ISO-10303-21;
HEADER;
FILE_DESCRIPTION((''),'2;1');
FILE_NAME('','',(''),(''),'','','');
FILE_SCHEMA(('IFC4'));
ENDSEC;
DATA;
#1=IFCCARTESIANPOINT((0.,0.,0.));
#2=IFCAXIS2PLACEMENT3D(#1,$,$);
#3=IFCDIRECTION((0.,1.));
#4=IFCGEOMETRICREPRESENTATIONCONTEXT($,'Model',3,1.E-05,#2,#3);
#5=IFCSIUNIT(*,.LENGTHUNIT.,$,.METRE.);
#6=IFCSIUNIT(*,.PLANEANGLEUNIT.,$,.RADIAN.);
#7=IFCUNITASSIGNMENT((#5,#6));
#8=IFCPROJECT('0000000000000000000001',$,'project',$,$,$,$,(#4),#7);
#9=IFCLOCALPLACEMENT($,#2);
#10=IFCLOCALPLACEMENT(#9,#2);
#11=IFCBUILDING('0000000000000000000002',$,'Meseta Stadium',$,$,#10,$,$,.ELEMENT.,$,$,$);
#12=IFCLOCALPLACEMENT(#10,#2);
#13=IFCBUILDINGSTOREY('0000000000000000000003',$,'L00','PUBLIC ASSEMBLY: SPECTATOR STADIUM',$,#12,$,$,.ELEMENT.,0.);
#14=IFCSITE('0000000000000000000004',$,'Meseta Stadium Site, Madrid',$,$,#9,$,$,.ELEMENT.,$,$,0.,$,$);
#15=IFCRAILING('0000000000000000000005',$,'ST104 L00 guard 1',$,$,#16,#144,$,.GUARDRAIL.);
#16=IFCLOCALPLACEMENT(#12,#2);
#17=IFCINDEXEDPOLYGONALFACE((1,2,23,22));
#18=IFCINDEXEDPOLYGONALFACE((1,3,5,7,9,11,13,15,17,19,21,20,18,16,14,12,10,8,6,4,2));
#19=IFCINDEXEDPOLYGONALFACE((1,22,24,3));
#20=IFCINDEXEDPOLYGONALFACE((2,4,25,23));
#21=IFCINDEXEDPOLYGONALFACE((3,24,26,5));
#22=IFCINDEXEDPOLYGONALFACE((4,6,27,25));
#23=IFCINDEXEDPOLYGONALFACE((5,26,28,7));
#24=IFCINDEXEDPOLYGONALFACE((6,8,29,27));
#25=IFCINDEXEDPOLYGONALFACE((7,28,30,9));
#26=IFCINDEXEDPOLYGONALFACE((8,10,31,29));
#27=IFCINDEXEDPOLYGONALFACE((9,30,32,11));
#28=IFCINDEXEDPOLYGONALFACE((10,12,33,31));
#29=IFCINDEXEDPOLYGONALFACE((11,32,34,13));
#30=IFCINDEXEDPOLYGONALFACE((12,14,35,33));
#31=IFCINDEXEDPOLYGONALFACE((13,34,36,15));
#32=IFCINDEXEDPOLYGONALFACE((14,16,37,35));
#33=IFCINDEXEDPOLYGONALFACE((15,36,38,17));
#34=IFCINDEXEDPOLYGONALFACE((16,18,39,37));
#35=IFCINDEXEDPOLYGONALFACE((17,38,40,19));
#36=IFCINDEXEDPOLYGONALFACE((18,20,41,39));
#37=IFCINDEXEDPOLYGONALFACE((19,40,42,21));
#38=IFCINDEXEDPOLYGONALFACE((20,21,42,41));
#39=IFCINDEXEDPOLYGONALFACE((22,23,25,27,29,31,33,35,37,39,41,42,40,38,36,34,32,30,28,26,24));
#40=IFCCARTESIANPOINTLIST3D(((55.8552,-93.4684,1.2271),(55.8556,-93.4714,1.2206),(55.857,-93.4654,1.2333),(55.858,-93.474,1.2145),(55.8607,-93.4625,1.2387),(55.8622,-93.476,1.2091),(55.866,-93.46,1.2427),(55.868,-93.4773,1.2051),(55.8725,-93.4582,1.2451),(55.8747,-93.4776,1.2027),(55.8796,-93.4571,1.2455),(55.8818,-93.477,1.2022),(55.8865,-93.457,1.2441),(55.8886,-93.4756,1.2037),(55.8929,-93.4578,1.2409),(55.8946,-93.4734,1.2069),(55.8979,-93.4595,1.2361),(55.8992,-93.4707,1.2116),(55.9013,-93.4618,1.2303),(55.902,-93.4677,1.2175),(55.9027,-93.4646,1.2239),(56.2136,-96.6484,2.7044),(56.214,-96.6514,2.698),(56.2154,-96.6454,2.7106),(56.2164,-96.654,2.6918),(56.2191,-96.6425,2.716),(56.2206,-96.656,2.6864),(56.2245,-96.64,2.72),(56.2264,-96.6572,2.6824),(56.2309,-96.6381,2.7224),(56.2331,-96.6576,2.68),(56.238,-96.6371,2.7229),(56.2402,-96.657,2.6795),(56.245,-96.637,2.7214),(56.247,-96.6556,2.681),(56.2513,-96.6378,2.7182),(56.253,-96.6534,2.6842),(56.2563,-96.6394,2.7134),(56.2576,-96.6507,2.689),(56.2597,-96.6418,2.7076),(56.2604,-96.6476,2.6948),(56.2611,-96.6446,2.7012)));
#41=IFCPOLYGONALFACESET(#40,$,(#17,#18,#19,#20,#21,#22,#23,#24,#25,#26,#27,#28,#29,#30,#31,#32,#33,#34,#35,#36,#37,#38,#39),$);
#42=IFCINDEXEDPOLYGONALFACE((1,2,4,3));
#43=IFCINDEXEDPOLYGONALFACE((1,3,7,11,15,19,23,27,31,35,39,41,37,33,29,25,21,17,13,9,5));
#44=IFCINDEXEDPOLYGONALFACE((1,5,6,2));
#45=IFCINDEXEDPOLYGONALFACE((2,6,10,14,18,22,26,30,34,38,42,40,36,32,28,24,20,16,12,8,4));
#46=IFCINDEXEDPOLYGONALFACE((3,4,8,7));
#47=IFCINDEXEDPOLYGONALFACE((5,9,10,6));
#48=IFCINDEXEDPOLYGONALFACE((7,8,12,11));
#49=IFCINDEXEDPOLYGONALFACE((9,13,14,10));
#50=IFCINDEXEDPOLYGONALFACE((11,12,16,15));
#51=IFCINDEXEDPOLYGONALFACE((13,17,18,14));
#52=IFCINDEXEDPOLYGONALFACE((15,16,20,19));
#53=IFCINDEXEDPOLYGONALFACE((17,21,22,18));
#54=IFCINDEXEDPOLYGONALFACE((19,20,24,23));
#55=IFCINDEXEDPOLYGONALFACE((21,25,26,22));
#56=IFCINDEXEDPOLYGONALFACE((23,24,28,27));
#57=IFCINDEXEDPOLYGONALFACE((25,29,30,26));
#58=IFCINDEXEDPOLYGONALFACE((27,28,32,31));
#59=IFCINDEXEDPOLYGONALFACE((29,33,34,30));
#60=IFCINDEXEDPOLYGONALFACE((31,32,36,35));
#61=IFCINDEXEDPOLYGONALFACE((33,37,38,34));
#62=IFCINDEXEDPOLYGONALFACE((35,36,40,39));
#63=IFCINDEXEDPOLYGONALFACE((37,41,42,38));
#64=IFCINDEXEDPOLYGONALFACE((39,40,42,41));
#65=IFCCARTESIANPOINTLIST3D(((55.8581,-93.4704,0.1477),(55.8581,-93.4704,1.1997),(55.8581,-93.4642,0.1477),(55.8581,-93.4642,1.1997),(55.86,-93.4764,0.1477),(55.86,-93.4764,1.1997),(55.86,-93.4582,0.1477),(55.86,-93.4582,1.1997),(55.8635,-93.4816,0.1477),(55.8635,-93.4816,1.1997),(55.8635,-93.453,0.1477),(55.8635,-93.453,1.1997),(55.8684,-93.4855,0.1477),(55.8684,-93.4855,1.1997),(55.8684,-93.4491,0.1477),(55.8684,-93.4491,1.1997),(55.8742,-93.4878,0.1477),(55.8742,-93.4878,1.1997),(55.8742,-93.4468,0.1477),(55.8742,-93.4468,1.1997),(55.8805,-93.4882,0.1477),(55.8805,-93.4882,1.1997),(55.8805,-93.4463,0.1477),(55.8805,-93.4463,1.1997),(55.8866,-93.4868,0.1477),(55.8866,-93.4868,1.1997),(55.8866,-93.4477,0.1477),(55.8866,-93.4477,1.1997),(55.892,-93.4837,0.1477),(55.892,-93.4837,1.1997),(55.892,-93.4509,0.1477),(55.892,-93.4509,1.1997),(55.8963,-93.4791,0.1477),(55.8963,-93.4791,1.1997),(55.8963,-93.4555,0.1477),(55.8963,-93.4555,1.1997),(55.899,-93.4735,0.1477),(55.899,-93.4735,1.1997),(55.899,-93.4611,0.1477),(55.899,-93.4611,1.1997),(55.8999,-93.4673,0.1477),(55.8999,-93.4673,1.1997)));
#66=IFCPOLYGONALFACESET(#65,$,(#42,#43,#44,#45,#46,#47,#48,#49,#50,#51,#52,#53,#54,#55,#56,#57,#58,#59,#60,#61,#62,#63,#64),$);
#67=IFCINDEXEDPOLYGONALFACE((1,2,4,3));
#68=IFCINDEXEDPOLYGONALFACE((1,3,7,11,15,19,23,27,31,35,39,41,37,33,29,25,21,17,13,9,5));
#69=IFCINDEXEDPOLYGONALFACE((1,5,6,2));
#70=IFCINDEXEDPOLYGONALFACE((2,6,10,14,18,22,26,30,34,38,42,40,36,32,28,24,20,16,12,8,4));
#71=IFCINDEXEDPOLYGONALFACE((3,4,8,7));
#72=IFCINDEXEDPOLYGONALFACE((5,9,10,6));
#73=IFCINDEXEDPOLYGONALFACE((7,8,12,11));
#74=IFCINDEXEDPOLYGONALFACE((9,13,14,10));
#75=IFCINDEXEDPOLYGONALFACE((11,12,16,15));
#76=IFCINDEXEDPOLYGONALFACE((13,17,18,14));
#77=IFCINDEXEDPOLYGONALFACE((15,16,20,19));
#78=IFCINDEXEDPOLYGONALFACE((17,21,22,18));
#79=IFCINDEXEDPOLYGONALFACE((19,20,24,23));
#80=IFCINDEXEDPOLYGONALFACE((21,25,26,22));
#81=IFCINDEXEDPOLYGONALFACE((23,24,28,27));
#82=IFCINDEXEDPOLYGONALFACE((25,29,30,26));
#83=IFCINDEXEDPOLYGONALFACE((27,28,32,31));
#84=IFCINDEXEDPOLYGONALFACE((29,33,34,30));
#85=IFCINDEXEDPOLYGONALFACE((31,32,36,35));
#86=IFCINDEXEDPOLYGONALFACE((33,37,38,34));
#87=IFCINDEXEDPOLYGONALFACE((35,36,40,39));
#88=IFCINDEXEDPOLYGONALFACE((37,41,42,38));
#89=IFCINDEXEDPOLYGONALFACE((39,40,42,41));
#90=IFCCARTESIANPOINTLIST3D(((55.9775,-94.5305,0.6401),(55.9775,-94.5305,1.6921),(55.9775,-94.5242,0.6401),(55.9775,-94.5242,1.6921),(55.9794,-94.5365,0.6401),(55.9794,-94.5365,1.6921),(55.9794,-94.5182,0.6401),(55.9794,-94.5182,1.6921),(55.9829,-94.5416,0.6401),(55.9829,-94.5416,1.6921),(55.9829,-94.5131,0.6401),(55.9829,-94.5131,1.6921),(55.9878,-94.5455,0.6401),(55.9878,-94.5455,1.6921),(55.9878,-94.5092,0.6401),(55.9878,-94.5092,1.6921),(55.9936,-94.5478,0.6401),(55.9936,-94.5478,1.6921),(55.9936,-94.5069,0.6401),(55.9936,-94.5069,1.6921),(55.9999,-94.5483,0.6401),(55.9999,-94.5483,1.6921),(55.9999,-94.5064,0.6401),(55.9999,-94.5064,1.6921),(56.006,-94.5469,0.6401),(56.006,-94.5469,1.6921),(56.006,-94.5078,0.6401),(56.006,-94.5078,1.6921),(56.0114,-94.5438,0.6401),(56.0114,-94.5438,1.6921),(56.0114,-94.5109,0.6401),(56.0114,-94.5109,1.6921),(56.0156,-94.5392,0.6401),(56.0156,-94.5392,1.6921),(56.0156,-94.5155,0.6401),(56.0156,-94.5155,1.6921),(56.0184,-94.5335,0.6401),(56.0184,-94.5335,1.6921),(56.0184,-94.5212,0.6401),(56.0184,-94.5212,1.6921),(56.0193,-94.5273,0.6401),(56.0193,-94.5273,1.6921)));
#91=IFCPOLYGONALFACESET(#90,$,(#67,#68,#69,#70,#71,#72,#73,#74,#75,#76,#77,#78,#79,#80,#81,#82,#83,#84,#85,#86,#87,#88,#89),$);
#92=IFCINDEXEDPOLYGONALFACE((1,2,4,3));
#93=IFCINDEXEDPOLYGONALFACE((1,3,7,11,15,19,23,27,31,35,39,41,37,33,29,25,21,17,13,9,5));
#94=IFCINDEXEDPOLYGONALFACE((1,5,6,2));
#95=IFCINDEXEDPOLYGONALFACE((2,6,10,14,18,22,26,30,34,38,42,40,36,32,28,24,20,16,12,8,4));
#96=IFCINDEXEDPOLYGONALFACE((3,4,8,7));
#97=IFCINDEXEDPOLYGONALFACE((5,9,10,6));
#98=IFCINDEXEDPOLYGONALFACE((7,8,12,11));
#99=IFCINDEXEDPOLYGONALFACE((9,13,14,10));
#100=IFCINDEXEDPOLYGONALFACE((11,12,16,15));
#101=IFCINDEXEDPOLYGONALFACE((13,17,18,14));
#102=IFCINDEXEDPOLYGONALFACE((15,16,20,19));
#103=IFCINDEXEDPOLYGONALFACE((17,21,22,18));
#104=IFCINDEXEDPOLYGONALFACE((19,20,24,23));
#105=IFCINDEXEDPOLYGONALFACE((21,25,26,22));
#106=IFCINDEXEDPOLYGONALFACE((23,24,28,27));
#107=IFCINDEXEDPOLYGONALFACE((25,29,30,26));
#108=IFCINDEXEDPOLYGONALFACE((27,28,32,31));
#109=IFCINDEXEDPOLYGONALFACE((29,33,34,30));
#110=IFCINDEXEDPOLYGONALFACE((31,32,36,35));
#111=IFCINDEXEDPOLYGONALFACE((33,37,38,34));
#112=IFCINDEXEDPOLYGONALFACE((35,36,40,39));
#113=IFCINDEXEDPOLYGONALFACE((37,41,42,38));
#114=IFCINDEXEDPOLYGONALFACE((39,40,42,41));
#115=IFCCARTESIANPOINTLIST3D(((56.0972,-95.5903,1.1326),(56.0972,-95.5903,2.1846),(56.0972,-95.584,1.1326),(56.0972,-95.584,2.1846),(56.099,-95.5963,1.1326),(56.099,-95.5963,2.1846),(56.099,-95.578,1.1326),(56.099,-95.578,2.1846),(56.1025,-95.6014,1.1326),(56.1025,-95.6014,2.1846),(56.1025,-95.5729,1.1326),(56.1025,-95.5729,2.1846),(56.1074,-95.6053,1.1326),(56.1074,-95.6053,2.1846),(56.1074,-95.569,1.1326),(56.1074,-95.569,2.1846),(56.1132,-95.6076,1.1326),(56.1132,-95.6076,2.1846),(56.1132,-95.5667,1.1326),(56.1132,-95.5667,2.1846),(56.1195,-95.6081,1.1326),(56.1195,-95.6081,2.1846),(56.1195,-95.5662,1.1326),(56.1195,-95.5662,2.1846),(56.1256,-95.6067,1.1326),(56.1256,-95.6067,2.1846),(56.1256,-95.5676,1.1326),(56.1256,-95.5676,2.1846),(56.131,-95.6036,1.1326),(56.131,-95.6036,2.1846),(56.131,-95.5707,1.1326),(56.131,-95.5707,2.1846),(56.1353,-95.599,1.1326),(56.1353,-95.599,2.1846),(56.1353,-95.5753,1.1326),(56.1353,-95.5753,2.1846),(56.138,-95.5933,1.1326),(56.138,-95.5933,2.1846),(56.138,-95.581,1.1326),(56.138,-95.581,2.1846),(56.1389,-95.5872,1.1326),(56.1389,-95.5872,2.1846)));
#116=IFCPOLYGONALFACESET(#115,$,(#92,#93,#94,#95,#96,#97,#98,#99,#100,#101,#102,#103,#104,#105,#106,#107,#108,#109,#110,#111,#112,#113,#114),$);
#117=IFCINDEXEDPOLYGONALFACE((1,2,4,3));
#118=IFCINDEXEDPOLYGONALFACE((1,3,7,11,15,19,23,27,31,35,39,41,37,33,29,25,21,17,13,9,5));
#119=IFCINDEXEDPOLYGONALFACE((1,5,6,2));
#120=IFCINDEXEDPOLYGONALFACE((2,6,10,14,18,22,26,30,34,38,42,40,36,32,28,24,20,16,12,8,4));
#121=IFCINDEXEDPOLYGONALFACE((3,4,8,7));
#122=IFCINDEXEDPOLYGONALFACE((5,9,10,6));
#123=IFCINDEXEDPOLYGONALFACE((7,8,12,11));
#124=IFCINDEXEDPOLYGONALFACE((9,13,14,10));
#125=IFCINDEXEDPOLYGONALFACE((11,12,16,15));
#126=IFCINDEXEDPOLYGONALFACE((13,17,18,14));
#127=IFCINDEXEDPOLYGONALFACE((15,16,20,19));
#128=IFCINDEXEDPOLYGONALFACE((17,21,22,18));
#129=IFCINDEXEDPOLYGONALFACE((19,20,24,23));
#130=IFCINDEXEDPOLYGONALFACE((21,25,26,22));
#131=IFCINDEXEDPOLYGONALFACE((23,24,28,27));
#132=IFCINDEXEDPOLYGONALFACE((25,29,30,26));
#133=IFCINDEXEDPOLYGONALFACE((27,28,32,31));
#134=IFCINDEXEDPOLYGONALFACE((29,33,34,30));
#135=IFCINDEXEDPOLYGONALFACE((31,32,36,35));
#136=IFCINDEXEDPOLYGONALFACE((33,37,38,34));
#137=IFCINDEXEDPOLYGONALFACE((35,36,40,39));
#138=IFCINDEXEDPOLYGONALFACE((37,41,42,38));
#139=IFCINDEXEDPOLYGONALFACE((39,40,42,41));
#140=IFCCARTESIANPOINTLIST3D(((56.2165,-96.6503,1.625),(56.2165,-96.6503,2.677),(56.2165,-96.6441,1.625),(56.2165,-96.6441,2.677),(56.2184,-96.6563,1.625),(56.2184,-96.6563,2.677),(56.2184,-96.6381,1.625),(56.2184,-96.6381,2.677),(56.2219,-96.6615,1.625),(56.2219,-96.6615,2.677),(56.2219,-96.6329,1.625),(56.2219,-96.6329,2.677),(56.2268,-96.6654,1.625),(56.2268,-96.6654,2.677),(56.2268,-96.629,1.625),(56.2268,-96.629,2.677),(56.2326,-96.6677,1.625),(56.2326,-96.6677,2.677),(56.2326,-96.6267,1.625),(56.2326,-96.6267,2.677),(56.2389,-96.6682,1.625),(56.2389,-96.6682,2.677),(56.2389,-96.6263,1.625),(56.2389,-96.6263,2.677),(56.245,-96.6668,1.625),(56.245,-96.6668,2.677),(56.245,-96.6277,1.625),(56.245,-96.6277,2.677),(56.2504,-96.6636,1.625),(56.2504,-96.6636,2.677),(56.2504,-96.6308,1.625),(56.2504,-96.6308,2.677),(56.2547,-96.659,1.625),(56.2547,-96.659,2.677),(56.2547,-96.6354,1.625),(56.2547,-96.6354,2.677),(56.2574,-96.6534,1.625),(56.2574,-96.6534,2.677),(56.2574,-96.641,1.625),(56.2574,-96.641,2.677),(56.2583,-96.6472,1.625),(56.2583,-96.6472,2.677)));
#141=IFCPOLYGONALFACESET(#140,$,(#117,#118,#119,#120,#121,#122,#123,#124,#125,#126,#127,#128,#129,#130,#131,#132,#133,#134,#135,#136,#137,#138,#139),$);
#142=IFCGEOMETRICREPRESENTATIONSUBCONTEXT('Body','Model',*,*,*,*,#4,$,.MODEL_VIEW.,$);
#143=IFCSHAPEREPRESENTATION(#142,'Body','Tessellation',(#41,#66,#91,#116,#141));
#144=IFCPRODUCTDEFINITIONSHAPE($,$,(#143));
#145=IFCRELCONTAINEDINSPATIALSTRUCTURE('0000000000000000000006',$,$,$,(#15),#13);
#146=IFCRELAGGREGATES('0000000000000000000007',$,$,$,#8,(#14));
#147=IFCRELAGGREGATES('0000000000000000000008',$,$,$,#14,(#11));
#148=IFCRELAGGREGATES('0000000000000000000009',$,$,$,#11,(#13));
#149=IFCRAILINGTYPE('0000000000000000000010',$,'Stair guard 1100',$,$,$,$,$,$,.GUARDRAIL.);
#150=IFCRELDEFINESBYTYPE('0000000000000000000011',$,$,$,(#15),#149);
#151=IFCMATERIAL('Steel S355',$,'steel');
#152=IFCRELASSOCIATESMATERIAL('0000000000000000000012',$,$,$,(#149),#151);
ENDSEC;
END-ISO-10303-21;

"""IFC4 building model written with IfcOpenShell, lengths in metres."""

from ifc_helpers import new_model, si_unit, direction, frame, origin, origin_2d, place, context, subcontext, project, spatial, circle, extrude, material, type_object, element, save


model = new_model("IFC4")

# Units and contexts
model_context = context("Model", 3, precision=1e-05, world=origin(), true_north=direction((0.0, 1.0)))
body_context = subcontext(model_context, "Body", "Model", "MODEL_VIEW")
ifc_project = project(units=[si_unit("LENGTHUNIT", "METRE"), si_unit("PLANEANGLEUNIT", "RADIAN")], contexts=[model_context])

# Site, building, storey
site_placement = place(None, origin())
site = spatial("IfcSite", under=ifc_project, at=site_placement, Name="Meseta Stadium Site, Madrid", CompositionType="ELEMENT", RefElevation=0.0)
building_placement = place(site_placement, origin())
building = spatial("IfcBuilding", under=site, at=building_placement, Name="Meseta Stadium", CompositionType="ELEMENT")
storey_placement = place(building_placement, origin())
storey = spatial("IfcBuildingStorey", under=building, at=storey_placement, Name="L00", Description="PUBLIC ASSEMBLY: SPECTATOR STADIUM", CompositionType="ELEMENT", Elevation=0.0)

# Railing
ifc_material_1 = material(Name="Steel S355", Category="steel")
railing_type_1 = type_object("IfcRailingType", Name="Stair guard 1100", PredefinedType="GUARDRAIL", material=ifc_material_1)
railing_1_placement = place(storey_placement, frame((55.8789, -93.4673, 0.1477)))
element("IfcRailing", 1, at=railing_1_placement, inside=storey, type_object=railing_type_1, Name="ST104 L00 guard 1", PredefinedType="GUARDRAIL", context=body_context, shape_type="SweptSolid", body=[
    extrude(circle(Radius=0.0239, at=origin_2d()), frame((0.0, 0.0, 1.0762), z_axis=(0.101685, -0.90221, 0.419138), x_axis=(0.993709, 0.111997, 0.0)), (0.0, 0.0, 1.0), 3.5247),
    extrude(circle(Radius=0.021, at=origin_2d()), origin(), (0.0, 0.0, 1.0), 1.052),
    extrude(circle(Radius=0.021, at=origin_2d()), frame((0.1194, -1.0601, 0.4924)), (0.0, 0.0, 1.0), 1.052),
    extrude(circle(Radius=0.021, at=origin_2d()), frame((0.239, -2.1199, 0.9849)), (0.0, 0.0, 1.0), 1.052),
    extrude(circle(Radius=0.021, at=origin_2d()), frame((0.3584, -3.1799, 1.4773)), (0.0, 0.0, 1.0), 1.052),
])

save(model, "model.ifc")
